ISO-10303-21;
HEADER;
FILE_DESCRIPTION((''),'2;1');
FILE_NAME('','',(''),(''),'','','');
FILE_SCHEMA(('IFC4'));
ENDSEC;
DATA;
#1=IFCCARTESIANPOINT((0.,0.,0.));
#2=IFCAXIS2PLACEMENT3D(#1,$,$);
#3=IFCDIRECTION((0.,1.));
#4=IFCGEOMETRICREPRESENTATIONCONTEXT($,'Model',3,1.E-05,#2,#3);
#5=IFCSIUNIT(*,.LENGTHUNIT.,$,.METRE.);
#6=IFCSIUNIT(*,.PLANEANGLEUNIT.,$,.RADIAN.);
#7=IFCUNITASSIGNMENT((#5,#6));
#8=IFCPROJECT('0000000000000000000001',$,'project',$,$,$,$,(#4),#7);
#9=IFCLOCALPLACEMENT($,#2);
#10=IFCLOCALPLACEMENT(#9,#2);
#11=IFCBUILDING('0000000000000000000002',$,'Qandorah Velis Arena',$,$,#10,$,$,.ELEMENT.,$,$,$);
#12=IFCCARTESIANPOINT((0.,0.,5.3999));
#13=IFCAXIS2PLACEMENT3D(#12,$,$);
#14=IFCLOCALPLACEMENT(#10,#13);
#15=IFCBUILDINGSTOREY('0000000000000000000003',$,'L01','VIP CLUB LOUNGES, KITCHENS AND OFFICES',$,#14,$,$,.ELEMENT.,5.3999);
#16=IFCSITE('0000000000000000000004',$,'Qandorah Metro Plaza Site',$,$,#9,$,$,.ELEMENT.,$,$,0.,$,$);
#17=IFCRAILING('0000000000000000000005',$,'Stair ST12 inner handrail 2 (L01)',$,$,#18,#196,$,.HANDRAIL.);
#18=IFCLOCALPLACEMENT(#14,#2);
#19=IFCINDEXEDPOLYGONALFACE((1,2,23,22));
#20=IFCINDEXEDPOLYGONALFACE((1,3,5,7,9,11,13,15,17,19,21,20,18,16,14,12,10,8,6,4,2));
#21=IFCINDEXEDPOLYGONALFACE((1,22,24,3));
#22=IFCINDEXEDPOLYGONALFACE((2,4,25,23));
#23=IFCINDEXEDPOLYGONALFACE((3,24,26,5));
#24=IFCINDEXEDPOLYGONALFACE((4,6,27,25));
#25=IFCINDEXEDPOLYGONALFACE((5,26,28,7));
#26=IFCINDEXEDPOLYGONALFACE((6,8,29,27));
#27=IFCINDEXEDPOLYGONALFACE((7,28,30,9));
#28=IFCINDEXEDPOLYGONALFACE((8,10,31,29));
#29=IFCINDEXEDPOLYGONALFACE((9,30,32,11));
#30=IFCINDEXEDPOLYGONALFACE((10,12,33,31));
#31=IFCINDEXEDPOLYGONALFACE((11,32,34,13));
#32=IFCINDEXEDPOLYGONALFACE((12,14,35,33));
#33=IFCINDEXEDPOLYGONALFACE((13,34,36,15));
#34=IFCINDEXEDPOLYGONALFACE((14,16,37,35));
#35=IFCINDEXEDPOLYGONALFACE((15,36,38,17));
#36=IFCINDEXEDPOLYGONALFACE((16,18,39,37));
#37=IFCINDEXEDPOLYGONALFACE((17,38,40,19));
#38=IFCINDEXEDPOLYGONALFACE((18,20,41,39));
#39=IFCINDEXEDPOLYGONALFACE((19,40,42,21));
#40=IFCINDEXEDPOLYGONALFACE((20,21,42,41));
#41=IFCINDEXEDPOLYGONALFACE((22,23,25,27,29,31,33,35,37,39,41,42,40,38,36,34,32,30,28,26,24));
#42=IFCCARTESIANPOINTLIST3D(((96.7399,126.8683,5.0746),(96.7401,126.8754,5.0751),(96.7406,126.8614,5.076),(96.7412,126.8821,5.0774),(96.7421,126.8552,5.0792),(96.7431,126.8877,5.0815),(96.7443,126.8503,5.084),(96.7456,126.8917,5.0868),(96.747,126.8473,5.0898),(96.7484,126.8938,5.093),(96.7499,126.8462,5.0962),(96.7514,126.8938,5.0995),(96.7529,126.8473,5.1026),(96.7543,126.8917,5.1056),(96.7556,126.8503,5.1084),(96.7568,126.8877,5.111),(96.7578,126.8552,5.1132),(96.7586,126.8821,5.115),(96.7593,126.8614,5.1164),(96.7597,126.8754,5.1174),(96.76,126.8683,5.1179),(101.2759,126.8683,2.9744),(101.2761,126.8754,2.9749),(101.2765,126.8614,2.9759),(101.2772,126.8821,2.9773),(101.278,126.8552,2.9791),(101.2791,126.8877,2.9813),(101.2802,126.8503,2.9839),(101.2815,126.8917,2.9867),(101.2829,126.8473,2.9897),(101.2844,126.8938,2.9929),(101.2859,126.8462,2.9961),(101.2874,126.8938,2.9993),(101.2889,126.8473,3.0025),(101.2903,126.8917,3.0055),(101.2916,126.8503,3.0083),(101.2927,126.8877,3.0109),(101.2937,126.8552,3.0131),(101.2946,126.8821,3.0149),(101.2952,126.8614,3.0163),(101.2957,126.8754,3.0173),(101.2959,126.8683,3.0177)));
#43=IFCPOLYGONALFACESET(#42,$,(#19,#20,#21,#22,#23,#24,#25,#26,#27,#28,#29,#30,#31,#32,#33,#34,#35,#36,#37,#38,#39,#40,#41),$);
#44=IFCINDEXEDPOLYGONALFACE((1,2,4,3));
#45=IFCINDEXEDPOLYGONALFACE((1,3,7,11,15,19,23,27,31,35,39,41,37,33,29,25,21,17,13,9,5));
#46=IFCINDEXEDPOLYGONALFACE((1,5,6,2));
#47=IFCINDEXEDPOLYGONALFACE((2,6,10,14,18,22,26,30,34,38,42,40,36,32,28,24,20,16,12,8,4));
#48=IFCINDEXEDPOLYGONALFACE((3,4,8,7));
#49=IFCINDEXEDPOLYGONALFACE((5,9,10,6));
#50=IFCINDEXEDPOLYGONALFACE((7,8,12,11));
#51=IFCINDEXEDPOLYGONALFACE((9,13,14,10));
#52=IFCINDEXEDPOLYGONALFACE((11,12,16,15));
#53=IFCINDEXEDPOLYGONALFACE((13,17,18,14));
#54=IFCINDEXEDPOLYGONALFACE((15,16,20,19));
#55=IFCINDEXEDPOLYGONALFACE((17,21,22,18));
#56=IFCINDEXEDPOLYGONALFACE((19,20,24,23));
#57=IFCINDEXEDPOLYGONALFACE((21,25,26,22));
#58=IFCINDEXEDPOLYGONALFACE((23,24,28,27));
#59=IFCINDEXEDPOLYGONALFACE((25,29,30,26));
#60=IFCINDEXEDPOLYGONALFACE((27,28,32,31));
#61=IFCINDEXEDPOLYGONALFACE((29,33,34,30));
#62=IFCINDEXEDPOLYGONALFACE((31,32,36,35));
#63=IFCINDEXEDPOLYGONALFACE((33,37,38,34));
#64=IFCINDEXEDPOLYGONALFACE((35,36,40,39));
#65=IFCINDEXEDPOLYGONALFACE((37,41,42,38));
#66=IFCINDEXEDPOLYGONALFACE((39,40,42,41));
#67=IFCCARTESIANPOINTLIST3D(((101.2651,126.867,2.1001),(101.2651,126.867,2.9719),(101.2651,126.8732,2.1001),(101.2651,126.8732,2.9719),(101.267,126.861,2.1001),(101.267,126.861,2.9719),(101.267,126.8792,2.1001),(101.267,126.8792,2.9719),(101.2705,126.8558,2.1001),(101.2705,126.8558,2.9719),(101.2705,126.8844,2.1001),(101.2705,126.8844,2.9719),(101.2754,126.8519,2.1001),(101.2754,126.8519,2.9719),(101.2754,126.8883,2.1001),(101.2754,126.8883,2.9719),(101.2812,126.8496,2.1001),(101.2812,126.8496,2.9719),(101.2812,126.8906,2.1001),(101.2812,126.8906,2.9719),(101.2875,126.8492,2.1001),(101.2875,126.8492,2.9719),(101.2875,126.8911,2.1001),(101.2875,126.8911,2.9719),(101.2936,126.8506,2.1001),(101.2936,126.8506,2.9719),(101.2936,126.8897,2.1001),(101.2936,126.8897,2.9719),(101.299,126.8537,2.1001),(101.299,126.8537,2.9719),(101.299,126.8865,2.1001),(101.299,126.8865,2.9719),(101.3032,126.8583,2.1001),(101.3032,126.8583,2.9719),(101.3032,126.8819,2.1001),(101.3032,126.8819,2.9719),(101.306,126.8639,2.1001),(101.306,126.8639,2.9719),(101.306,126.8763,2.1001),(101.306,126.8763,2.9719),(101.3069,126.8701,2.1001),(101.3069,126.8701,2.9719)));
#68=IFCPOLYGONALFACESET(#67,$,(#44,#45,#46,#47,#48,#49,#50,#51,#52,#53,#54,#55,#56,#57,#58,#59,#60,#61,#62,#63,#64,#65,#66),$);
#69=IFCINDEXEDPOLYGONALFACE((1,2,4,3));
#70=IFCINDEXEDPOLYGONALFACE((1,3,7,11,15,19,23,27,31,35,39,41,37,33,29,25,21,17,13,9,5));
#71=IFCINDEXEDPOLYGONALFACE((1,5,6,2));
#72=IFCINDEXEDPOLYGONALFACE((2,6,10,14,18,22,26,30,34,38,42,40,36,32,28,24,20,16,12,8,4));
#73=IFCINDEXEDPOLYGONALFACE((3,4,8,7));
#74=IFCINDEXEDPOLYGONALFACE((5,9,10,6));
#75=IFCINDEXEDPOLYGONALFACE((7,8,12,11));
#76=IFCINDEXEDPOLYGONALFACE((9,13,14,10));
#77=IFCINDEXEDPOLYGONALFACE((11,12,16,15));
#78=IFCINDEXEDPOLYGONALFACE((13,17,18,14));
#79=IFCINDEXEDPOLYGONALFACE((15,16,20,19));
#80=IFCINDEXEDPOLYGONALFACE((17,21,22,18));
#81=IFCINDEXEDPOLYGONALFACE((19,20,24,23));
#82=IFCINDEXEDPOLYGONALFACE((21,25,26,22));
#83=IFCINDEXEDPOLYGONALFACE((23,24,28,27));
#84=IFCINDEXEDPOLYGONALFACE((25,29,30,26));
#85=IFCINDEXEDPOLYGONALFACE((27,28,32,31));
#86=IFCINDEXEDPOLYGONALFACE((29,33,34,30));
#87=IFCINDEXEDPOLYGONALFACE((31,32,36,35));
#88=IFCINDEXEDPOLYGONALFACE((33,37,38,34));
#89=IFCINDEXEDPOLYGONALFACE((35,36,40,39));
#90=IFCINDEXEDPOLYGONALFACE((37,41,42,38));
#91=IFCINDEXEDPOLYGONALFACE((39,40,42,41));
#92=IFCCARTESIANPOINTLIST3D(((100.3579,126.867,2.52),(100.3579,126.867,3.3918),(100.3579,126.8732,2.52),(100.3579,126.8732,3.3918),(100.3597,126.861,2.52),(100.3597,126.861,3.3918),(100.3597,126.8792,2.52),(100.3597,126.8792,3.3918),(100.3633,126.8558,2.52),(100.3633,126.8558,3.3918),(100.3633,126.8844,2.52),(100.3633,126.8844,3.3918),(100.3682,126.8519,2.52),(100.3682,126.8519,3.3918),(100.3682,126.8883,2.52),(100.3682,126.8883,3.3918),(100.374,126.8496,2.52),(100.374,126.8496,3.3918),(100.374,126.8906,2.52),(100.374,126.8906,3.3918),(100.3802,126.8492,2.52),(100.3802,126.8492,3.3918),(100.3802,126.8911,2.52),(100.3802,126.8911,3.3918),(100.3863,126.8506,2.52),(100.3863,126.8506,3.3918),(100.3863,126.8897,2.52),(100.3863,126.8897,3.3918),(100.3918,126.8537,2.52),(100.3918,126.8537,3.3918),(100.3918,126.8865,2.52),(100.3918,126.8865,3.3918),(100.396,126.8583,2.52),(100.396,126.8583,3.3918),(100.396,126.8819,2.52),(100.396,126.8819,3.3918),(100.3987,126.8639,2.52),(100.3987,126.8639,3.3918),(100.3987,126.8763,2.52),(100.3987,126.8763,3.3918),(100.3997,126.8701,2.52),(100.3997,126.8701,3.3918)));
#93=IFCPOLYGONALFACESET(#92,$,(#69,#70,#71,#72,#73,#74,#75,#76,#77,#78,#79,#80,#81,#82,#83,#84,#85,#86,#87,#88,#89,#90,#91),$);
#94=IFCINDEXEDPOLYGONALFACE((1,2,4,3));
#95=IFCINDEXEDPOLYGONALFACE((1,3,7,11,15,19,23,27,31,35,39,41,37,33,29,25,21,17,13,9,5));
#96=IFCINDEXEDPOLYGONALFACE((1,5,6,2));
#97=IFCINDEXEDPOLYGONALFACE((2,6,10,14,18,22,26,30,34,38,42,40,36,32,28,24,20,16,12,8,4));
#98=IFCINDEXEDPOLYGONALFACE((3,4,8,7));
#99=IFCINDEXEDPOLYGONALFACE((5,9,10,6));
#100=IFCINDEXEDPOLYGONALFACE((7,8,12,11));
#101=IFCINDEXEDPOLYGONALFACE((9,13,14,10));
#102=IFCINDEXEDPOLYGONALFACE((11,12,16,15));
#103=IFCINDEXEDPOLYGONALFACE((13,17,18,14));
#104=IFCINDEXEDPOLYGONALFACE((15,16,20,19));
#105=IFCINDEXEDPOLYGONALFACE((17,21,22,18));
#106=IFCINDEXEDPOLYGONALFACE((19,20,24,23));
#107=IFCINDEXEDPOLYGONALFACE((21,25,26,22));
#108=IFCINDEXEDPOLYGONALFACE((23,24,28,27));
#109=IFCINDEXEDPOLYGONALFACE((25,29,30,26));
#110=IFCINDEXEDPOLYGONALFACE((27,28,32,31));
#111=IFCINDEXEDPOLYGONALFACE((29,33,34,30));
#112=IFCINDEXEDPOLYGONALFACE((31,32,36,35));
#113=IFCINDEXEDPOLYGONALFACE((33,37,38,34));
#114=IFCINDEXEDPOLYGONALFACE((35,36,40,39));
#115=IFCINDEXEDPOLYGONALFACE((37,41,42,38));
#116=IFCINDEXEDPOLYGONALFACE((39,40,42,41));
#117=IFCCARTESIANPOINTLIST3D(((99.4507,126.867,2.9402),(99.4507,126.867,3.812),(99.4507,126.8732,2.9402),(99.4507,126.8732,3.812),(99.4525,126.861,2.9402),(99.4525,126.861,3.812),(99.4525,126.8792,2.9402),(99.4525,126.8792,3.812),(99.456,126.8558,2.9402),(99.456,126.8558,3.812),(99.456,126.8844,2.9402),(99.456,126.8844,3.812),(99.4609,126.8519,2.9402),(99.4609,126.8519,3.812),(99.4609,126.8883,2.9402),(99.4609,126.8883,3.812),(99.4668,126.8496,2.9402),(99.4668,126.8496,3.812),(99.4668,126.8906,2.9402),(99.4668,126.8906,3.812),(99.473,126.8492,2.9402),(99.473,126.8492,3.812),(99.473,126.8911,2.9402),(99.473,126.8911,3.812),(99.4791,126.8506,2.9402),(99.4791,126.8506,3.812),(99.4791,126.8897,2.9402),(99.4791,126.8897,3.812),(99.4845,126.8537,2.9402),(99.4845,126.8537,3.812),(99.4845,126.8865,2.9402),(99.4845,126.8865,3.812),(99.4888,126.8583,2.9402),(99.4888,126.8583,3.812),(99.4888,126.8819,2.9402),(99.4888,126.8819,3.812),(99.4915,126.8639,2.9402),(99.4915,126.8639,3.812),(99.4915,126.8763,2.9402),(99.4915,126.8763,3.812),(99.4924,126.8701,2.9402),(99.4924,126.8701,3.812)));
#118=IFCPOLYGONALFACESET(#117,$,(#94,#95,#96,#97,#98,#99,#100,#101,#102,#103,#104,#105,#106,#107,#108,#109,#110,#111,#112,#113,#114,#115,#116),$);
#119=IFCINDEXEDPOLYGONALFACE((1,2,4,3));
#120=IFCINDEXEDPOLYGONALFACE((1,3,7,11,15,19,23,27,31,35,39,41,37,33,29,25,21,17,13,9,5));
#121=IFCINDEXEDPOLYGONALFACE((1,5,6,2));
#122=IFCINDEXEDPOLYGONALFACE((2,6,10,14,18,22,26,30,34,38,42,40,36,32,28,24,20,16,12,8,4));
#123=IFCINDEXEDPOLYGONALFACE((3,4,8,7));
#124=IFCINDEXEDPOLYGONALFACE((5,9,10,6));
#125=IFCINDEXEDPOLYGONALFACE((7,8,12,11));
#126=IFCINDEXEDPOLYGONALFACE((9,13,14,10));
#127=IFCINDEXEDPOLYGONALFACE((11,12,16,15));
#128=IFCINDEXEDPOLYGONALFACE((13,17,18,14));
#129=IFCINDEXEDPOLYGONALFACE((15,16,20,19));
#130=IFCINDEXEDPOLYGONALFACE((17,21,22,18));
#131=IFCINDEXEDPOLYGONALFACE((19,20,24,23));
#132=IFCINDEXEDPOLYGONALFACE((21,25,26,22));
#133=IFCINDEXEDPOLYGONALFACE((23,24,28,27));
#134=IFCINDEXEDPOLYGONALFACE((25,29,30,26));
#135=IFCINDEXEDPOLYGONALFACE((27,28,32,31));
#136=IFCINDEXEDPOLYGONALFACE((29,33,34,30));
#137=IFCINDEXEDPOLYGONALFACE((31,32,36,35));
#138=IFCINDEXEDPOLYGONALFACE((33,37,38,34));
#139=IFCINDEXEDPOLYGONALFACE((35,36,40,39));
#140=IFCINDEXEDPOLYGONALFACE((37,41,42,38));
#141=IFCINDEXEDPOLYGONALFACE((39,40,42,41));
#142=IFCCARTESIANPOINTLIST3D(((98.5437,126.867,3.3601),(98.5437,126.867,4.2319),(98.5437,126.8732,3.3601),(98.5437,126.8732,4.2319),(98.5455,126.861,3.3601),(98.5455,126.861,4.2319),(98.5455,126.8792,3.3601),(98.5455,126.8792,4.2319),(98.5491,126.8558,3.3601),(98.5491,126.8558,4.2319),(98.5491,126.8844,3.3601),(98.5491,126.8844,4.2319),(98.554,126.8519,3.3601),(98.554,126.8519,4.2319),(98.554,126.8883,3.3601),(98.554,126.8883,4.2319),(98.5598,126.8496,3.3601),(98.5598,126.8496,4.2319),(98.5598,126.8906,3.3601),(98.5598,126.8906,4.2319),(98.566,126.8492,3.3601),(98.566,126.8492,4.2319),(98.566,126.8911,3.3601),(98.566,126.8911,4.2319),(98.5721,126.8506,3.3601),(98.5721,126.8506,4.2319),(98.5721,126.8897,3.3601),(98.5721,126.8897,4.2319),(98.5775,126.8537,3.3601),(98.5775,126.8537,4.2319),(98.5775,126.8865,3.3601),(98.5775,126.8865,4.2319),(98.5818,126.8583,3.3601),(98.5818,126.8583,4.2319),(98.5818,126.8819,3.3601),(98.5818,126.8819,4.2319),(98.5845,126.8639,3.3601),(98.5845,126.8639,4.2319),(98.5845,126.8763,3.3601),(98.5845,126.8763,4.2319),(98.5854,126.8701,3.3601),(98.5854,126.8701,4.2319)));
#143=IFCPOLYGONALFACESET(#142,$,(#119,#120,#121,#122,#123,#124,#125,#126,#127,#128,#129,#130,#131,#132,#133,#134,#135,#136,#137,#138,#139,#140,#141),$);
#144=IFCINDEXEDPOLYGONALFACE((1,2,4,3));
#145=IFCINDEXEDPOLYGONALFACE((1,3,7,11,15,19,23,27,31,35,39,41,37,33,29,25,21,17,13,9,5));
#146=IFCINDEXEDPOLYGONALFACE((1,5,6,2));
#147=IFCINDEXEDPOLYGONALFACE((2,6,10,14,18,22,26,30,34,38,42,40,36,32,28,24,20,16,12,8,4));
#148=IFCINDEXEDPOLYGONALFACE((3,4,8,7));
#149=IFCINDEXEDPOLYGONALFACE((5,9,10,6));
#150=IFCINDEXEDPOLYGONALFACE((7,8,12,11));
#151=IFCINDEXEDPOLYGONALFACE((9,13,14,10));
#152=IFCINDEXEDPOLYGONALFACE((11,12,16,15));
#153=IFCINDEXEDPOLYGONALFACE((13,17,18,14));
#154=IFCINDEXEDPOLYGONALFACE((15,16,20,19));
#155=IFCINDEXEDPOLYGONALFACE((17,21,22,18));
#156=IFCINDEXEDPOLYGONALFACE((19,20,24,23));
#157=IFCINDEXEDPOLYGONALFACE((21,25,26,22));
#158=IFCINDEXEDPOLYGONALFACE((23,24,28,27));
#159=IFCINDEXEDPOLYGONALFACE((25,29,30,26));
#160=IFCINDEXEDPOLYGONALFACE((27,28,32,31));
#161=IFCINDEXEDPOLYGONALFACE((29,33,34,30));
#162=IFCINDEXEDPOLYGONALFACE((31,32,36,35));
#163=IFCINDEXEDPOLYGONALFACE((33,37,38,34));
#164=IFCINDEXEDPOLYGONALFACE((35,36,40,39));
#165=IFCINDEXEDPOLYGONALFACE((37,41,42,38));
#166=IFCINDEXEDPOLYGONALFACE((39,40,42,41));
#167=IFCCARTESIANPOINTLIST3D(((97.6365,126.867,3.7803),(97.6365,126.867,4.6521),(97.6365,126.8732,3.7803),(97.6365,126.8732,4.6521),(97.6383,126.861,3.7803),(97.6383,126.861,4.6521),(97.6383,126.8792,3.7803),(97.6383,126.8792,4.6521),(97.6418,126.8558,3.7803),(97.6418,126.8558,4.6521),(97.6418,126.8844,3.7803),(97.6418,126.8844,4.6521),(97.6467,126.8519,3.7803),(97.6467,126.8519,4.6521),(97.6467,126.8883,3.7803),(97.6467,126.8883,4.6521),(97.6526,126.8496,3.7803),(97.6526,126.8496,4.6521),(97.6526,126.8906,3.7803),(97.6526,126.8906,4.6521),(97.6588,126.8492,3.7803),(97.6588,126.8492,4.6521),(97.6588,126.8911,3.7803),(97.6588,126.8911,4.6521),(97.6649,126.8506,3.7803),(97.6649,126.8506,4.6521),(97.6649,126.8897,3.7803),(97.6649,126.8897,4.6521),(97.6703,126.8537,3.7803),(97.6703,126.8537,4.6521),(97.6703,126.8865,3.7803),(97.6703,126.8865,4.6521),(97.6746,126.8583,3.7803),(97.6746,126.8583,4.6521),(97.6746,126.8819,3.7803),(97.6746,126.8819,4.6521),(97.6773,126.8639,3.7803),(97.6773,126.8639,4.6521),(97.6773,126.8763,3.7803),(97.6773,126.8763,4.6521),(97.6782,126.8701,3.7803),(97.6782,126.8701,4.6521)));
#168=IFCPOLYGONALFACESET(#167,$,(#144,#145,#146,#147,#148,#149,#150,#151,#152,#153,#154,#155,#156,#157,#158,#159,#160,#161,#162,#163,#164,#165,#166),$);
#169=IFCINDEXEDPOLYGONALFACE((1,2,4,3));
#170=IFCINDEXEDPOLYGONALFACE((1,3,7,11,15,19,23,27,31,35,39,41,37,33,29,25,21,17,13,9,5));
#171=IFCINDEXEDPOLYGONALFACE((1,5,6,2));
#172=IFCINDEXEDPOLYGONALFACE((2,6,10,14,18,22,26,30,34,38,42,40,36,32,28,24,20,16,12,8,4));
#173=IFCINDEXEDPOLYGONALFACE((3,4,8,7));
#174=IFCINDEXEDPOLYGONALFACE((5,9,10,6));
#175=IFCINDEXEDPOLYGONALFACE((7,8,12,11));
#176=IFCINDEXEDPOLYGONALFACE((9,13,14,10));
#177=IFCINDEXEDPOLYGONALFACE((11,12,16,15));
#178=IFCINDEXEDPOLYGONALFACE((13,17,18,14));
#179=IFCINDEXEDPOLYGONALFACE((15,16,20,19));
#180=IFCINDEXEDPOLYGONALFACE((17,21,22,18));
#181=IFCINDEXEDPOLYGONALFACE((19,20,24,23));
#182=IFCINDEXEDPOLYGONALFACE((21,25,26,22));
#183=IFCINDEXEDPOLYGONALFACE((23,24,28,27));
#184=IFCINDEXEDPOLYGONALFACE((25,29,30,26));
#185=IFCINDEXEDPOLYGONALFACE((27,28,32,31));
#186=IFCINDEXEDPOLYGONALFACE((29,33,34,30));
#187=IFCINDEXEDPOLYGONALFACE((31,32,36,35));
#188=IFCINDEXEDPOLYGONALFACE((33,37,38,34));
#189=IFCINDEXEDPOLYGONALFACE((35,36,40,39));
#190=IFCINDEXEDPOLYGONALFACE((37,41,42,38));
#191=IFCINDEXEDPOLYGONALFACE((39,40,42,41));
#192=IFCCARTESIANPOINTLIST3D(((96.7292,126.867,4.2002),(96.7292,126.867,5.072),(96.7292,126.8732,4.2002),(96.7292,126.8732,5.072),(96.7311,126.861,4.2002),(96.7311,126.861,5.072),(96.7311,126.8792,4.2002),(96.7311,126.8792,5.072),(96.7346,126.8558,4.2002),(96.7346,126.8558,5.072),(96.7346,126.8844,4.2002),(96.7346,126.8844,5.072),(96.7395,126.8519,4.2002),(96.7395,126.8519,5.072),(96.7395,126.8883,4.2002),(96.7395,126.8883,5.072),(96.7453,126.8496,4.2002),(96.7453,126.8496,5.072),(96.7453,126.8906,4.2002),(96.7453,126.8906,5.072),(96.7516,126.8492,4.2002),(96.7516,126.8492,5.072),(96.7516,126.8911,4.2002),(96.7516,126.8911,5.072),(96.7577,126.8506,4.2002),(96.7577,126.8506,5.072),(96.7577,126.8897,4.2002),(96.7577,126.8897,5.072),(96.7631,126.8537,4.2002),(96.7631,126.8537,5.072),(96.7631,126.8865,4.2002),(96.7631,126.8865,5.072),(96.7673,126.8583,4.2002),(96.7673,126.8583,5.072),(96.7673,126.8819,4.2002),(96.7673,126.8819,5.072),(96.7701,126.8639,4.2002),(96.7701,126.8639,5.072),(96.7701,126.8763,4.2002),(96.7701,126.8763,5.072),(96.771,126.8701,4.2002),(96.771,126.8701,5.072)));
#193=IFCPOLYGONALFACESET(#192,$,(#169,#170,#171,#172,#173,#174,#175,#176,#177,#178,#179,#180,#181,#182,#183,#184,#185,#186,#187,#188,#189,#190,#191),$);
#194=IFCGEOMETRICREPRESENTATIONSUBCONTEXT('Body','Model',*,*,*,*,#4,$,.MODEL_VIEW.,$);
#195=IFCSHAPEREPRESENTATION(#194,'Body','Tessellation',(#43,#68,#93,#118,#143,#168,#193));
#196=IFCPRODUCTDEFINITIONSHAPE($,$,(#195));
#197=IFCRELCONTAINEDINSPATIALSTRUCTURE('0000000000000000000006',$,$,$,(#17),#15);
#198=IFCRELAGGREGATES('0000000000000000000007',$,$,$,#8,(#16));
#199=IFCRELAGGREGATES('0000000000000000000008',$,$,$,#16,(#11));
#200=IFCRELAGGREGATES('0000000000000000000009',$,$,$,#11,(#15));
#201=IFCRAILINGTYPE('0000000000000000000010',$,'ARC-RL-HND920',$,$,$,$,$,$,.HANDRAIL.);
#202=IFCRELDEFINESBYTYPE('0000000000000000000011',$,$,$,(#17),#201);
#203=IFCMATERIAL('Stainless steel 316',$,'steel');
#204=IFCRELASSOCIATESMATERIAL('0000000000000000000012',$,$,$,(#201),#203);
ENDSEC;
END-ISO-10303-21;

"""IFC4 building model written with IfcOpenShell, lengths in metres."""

from ifc_helpers import new_model, si_unit, direction, frame, origin, origin_2d, place, context, subcontext, project, spatial, circle, extrude, material, type_object, element, save


model = new_model("IFC4")

# Units and contexts
model_context = context("Model", 3, precision=1e-05, world=origin(), true_north=direction((0.0, 1.0)))
body_context = subcontext(model_context, "Body", "Model", "MODEL_VIEW")
ifc_project = project(units=[si_unit("LENGTHUNIT", "METRE"), si_unit("PLANEANGLEUNIT", "RADIAN")], contexts=[model_context])

# Site, building, storey
site_placement = place(None, origin())
site = spatial("IfcSite", under=ifc_project, at=site_placement, Name="Qandorah Metro Plaza Site", CompositionType="ELEMENT", RefElevation=0.0)
building_placement = place(site_placement, origin())
building = spatial("IfcBuilding", under=site, at=building_placement, Name="Qandorah Velis Arena", CompositionType="ELEMENT")
storey_placement = place(building_placement, frame((0.0, 0.0, 5.3999)))
storey = spatial("IfcBuildingStorey", under=building, at=storey_placement, Name="L01", Description="VIP CLUB LOUNGES, KITCHENS AND OFFICES", CompositionType="ELEMENT", Elevation=5.3999)

# Railing
ifc_material_1 = material(Name="Stainless steel 316", Category="steel")
railing_type_1 = type_object("IfcRailingType", Name="ARC-RL-HND920", PredefinedType="HANDRAIL", material=ifc_material_1)
railing_1_placement = place(storey_placement, frame((101.2859, 126.8701, 2.1001)))
element("IfcRailing", 1, at=railing_1_placement, inside=storey, type_object=railing_type_1, Name="Stair ST12 inner handrail 2 (L01)", PredefinedType="HANDRAIL", context=body_context, shape_type="SweptSolid", body=[
    extrude(circle(Radius=0.0239, at=origin_2d()), frame((0.0, 0.0, 0.896), z_axis=(-0.907456, 0.0, 0.420148), x_axis=(0.0, -1.0, 0.0)), (0.0, 0.0, 1.0), 4.9985),
    extrude(circle(Radius=0.021, at=origin_2d()), origin(), (0.0, 0.0, 1.0), 0.8718),
    extrude(circle(Radius=0.021, at=origin_2d()), frame((-0.9072, 0.0, 0.4199)), (0.0, 0.0, 1.0), 0.8718),
    extrude(circle(Radius=0.021, at=origin_2d()), frame((-1.8145, 0.0, 0.8401)), (0.0, 0.0, 1.0), 0.8718),
    extrude(circle(Radius=0.021, at=origin_2d()), frame((-2.7214, 0.0, 1.26)), (0.0, 0.0, 1.0), 0.8718),
    extrude(circle(Radius=0.021, at=origin_2d()), frame((-3.6287, 0.0, 1.6802)), (0.0, 0.0, 1.0), 0.8718),
    extrude(circle(Radius=0.021, at=origin_2d()), frame((-4.5359, 0.0, 2.1001)), (0.0, 0.0, 1.0), 0.8718),
])

save(model, "model.ifc")
